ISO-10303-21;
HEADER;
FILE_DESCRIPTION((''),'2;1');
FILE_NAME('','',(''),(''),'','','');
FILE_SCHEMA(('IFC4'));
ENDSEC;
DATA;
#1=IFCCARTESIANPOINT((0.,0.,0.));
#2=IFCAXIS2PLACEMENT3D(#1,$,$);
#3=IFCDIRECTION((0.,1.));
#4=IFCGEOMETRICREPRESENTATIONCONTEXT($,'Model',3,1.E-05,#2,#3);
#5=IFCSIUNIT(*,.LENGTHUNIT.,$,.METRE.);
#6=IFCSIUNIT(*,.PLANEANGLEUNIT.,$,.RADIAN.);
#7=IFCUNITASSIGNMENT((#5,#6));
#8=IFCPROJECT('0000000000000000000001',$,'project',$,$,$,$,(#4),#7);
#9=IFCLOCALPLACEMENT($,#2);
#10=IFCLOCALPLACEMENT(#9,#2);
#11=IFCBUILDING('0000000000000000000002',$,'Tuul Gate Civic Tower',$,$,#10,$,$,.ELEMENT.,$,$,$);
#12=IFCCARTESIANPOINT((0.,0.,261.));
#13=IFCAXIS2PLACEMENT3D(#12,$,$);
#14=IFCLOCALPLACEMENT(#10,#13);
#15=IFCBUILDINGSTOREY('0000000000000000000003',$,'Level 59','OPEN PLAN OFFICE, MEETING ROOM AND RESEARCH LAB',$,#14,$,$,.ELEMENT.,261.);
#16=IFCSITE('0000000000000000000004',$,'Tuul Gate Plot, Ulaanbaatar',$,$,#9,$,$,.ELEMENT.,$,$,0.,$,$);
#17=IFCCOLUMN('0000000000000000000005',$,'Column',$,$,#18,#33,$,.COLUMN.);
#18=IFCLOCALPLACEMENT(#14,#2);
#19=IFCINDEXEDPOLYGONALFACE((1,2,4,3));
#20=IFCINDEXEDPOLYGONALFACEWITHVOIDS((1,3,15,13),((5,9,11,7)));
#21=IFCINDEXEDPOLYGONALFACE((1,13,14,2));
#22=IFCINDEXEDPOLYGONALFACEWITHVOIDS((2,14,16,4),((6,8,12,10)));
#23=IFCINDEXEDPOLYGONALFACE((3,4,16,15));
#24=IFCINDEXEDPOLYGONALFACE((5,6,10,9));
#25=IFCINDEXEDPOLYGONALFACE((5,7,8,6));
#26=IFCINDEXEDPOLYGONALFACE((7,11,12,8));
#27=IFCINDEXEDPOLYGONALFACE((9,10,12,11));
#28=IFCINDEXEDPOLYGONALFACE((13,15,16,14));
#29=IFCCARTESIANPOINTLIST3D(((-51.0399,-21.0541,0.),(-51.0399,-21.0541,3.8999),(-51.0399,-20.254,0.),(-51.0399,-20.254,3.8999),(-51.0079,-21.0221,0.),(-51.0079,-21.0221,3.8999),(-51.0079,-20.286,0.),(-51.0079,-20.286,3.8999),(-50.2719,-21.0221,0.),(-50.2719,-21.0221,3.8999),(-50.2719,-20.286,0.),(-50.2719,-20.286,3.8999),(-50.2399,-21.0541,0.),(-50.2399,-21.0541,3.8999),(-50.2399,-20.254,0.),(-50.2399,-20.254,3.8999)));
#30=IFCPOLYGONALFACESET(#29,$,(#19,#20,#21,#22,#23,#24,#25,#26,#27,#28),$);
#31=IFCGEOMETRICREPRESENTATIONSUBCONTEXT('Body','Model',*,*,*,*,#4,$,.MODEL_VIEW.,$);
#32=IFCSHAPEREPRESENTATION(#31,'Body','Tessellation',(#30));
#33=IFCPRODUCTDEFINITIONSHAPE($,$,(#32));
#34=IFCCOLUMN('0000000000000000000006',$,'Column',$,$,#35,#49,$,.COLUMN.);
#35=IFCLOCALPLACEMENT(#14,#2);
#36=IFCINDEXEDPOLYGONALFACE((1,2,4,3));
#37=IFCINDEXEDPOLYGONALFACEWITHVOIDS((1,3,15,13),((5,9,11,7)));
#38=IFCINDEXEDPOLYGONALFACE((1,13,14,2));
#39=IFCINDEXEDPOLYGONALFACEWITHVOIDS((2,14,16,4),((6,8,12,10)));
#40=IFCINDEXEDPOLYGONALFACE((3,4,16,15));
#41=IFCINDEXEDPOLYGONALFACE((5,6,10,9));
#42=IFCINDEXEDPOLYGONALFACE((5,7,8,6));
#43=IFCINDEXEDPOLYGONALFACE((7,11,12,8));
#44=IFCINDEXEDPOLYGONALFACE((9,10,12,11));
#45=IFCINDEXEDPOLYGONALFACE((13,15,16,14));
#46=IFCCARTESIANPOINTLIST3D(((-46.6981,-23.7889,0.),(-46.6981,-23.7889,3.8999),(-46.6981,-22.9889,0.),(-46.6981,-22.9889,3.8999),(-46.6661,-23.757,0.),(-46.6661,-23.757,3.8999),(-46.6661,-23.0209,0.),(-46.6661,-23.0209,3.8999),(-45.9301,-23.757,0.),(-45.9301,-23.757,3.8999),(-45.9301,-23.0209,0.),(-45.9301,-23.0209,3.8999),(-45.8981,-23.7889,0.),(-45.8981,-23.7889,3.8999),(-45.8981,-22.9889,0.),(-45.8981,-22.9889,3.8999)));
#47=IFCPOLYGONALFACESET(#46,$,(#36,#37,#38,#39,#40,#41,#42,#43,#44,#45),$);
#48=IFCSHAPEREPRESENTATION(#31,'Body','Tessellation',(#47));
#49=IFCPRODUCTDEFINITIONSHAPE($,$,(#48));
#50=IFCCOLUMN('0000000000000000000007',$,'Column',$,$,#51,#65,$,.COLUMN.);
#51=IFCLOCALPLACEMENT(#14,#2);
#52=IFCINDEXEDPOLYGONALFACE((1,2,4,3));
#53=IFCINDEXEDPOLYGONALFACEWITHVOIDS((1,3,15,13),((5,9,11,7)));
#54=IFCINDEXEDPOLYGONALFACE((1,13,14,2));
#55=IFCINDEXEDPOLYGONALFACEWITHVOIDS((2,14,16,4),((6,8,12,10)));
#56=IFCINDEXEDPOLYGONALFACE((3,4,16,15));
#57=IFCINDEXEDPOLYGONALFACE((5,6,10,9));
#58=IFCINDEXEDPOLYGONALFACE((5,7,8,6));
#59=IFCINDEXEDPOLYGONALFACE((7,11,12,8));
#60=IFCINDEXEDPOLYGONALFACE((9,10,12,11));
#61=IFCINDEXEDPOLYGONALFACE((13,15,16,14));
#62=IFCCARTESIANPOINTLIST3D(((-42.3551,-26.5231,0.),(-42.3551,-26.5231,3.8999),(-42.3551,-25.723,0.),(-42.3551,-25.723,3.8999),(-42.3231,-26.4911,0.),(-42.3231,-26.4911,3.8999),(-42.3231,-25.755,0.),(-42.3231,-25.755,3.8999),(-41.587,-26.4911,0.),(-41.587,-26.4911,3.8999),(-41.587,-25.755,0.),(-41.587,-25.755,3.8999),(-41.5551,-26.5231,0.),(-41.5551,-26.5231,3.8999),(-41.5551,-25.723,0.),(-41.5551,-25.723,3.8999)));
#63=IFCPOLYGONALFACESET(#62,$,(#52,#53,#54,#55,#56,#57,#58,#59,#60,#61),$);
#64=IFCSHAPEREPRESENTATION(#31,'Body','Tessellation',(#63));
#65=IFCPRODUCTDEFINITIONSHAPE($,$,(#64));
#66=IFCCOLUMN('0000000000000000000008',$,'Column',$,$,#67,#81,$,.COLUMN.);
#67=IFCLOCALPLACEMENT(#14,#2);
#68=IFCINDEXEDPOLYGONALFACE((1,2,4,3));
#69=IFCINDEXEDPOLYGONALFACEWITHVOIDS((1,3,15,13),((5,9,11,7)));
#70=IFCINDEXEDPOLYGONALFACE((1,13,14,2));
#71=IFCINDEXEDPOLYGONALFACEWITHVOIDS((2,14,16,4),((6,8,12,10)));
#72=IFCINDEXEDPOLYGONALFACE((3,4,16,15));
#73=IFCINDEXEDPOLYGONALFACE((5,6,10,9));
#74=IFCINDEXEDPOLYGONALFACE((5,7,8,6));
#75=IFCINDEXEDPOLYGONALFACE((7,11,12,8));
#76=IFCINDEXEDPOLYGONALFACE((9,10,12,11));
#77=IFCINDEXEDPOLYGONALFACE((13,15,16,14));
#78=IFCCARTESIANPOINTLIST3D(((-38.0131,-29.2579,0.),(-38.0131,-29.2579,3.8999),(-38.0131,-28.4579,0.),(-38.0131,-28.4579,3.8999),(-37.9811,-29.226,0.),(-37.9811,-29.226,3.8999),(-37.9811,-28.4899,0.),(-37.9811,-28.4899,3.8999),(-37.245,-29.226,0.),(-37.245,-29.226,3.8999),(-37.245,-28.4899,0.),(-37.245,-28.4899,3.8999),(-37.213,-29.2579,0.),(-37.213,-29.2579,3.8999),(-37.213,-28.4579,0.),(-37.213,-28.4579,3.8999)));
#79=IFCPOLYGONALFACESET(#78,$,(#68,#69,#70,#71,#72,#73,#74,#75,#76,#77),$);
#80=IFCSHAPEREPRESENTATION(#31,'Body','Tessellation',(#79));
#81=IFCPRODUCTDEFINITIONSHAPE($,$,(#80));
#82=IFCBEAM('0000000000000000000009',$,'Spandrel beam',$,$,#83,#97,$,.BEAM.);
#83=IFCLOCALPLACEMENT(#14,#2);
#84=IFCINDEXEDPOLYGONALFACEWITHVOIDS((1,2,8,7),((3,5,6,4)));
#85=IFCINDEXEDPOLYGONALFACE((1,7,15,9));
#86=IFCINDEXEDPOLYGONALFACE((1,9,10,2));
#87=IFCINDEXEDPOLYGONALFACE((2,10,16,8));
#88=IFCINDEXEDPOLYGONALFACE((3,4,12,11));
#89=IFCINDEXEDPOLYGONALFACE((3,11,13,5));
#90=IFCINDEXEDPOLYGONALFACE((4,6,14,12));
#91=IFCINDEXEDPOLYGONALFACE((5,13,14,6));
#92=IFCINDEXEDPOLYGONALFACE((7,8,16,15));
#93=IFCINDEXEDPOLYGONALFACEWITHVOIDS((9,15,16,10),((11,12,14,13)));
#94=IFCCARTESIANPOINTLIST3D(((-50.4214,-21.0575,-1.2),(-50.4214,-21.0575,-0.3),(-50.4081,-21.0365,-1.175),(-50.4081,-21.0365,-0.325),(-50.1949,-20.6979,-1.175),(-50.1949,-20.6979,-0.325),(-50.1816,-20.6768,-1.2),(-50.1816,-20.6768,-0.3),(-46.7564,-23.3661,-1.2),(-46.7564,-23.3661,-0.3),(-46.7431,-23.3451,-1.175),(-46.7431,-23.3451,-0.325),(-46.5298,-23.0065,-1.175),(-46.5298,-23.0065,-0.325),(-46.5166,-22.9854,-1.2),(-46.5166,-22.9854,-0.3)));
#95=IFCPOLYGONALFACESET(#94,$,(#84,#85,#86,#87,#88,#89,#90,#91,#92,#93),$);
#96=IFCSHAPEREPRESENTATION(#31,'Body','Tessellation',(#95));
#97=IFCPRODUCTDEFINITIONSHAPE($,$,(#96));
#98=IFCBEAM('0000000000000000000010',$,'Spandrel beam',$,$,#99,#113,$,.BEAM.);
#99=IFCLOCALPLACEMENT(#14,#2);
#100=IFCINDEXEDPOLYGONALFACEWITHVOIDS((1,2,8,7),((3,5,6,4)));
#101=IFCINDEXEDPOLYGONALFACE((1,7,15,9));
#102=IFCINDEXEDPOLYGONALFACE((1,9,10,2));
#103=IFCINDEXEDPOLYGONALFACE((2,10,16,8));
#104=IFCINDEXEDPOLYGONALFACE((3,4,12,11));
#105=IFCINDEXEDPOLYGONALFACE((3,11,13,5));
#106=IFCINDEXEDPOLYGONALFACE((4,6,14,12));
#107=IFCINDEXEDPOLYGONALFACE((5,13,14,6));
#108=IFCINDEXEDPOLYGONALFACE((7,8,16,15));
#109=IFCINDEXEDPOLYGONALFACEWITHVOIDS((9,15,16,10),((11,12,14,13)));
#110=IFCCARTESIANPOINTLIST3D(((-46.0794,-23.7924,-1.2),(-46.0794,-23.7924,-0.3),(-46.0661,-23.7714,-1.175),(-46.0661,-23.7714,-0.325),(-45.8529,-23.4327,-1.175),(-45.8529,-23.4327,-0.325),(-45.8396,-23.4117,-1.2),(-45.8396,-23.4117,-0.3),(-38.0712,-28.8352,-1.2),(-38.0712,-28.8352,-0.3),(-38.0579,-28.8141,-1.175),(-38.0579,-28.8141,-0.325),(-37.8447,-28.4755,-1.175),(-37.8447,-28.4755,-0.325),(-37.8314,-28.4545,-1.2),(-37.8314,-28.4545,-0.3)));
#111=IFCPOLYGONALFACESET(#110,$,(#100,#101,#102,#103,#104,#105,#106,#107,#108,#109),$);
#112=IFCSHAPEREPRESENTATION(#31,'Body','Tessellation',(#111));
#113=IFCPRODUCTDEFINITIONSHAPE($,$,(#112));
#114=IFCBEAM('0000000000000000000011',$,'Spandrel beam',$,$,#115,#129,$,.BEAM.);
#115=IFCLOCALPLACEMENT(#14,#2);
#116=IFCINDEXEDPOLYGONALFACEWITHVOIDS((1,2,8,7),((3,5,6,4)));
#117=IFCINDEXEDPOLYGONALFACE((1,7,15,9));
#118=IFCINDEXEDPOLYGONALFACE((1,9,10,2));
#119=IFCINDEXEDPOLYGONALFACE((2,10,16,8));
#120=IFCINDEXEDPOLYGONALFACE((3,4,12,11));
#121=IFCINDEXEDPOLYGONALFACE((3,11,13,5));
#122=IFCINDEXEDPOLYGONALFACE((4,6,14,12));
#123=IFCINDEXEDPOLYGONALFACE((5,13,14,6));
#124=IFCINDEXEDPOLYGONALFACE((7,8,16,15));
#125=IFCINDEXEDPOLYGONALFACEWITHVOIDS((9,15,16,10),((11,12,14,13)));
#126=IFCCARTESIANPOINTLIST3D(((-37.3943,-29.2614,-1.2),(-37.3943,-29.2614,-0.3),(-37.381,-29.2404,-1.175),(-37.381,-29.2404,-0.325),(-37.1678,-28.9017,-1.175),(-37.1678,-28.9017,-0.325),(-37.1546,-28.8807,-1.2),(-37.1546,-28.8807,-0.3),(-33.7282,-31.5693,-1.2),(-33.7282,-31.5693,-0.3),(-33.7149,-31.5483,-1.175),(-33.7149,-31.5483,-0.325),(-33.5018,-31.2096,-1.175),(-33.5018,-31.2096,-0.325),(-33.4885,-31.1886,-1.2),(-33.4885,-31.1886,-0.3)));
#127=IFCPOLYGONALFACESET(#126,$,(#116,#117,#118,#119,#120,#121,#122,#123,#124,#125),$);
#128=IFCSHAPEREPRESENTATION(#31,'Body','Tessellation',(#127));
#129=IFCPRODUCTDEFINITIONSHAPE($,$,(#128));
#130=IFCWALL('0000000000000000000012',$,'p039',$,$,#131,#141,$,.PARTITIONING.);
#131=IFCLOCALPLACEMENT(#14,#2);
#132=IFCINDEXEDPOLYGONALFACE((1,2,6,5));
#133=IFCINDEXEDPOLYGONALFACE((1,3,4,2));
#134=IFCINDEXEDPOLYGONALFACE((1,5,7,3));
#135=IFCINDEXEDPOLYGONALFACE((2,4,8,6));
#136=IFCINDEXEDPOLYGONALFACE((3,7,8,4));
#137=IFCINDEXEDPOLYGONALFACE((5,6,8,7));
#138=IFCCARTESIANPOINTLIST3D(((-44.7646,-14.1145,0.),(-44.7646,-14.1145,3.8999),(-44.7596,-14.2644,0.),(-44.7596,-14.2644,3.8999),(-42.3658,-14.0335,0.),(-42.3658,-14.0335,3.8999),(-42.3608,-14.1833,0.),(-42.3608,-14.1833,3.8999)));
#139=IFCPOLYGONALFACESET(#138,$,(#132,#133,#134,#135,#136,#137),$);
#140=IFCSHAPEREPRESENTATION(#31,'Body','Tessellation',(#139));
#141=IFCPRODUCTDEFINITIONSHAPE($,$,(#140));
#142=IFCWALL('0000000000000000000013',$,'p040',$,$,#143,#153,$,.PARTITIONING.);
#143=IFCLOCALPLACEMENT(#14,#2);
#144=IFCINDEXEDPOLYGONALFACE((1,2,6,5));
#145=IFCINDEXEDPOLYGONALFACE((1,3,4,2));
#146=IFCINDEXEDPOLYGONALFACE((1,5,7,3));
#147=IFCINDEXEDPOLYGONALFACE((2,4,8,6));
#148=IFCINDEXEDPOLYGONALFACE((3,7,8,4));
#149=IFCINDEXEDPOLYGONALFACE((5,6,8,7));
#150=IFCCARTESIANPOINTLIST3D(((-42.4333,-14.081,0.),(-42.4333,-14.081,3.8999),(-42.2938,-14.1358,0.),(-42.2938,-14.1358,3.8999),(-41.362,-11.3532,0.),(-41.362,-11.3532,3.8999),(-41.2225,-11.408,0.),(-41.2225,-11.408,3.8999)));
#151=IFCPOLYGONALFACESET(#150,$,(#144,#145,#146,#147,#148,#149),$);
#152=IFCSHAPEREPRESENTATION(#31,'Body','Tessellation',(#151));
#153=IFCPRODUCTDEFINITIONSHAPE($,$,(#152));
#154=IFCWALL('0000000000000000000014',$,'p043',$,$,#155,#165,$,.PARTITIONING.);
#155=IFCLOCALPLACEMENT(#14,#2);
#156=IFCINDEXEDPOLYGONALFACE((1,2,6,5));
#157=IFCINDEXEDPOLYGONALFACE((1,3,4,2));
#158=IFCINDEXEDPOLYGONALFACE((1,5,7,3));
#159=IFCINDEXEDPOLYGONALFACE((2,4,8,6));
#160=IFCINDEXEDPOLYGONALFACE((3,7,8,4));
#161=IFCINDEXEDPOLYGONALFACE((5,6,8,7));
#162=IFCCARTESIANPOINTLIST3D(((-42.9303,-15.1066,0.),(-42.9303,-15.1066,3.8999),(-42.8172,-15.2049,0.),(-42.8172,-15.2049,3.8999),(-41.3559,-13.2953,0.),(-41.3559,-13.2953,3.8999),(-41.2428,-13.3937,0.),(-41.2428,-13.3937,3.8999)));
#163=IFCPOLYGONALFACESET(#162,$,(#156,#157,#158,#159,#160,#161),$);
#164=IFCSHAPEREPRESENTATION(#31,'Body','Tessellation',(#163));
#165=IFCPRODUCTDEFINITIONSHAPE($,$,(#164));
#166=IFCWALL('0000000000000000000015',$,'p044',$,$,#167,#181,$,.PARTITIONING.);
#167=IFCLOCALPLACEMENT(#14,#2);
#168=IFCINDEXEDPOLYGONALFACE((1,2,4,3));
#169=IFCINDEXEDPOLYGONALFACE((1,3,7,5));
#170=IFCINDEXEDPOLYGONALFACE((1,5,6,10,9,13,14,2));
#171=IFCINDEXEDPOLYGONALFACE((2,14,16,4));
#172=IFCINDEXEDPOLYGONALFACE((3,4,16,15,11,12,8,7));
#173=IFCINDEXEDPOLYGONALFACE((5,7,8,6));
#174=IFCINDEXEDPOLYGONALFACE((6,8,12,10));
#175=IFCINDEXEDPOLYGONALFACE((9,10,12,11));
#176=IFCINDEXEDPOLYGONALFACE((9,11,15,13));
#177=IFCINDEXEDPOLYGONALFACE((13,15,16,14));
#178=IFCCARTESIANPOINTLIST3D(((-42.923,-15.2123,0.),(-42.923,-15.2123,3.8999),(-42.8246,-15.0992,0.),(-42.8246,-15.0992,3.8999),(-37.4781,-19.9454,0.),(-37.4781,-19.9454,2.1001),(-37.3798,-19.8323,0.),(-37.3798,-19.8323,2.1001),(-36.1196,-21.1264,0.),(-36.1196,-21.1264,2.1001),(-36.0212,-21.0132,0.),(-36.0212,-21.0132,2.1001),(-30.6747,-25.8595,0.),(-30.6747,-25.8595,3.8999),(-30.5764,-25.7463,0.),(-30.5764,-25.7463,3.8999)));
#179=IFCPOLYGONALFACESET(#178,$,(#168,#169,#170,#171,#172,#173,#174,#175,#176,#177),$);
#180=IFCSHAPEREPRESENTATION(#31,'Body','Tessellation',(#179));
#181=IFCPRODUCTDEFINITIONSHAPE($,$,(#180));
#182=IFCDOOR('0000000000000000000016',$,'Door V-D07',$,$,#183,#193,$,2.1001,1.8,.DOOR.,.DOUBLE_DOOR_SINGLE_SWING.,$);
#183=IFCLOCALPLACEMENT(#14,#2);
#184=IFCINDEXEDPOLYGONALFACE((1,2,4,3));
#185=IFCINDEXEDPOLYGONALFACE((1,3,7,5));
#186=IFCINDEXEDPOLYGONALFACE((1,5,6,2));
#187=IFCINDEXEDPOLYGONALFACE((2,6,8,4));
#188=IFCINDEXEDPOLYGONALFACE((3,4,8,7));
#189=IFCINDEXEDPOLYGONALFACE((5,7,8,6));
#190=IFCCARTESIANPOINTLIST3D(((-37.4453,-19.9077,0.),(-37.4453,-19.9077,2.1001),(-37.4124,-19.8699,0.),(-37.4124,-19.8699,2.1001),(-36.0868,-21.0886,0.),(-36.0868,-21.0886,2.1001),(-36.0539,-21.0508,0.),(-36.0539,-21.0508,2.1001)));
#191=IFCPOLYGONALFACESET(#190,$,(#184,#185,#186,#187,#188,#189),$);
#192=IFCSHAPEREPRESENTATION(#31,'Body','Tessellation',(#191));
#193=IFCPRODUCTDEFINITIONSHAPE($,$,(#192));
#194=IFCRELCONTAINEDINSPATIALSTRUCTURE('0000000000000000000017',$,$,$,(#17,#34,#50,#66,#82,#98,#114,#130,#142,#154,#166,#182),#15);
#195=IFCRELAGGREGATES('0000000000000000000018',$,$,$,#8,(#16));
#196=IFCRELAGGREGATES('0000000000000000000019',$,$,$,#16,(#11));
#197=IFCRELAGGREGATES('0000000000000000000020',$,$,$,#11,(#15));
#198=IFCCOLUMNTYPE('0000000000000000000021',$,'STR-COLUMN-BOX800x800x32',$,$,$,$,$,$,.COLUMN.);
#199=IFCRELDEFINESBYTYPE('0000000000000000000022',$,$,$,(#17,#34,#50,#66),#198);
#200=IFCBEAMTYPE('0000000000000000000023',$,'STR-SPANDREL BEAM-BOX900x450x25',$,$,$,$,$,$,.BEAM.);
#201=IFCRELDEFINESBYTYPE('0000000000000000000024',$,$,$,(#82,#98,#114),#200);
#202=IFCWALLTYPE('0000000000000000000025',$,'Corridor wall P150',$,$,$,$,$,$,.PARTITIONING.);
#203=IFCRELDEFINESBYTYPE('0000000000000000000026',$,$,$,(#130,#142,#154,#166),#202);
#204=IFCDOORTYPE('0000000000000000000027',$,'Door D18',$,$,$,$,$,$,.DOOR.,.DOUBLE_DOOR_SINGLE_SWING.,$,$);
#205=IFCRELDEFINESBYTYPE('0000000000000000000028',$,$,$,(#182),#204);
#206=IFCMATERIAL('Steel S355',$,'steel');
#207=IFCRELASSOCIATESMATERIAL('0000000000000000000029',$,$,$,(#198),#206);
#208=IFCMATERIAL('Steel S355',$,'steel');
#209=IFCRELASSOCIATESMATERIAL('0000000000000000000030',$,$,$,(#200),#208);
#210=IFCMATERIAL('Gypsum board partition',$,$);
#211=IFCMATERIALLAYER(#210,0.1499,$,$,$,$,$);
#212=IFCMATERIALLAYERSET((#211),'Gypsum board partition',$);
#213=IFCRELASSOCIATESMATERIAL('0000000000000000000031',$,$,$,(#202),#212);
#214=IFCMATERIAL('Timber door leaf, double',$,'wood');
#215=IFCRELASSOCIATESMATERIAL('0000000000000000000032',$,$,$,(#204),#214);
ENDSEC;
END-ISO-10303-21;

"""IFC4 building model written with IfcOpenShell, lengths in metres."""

from ifc_helpers import new_model, si_unit, direction, frame, frame_2d, origin, origin_2d, place, context, subcontext, project, spatial, rectangle, hollow_rectangle, extrude, material, layer, layer_set, material_profile, profile_set, type_object, element, fill, save


model = new_model("IFC4")

# Units and contexts
model_context = context("Model", 3, precision=1e-05, world=origin(), true_north=direction((0.0, 1.0)))
body_context = subcontext(model_context, "Body", "Model", "MODEL_VIEW")
ifc_project = project(units=[si_unit("LENGTHUNIT", "METRE"), si_unit("PLANEANGLEUNIT", "RADIAN")], contexts=[model_context])

# Site, building, storey
site_placement = place(None, origin())
site = spatial("IfcSite", under=ifc_project, at=site_placement, Name="Tuul Gate Plot, Ulaanbaatar", CompositionType="ELEMENT", RefElevation=0.0)
building_placement = place(site_placement, origin())
building = spatial("IfcBuilding", under=site, at=building_placement, Name="Tuul Gate Civic Tower", CompositionType="ELEMENT")
storey_placement = place(building_placement, frame((0.0, 0.0, 261.0)))
storey = spatial("IfcBuildingStorey", under=building, at=storey_placement, Name="Level 59", Description="OPEN PLAN OFFICE, MEETING ROOM AND RESEARCH LAB", CompositionType="ELEMENT", Elevation=261.0)

# Columns
ifc_material_1 = material(Name="Steel S355", Category="steel")
ifc_material_profile_1 = material_profile(ifc_material_1, hollow_rectangle(XDim=0.8, YDim=0.8, WallThickness=0.032, at=origin_2d()), Name="BOX800x800x32")
ifc_profile_set_1 = profile_set([ifc_material_profile_1], Name="Steel S355")
column_type = type_object("IfcColumnType", Name="STR-COLUMN-BOX800x800x32", PredefinedType="COLUMN", material=ifc_profile_set_1)
for number, where, z_axis, x_axis, name in (
    (1, (-50.6399, -20.6541, 0.0), (0.0, 0.0, 1.0), (1.0, 0.0, 0.0), "Column"),
    (2, (-46.2981, -23.3889, 0.0), (0.0, 0.0, 1.0), (1.0, 0.0, 0.0), "Column"),
    (3, (-41.9551, -26.123, 0.0), (0.0, 0.0, 1.0), (1.0, 0.0, 0.0), "Column"),
    (4, (-37.613, -28.8579, 0.0), (0.0, 0.0, 1.0), (1.0, 0.0, 0.0), "Column"),
):
    element("IfcColumn", number, at=place(storey_placement, frame(where, z_axis=z_axis, x_axis=x_axis)), inside=storey, type_object=column_type, Name=name, PredefinedType="COLUMN", context=body_context, shape_type="SweptSolid", body=[
        extrude(hollow_rectangle(XDim=0.8, YDim=0.8, WallThickness=0.032, at=origin_2d()), origin(), (0.0, 0.0, 1.0), 3.8999),
    ])

# Beams
ifc_material_2 = material(Name="Steel S355", Category="steel")
ifc_material_profile_2 = material_profile(ifc_material_2, hollow_rectangle(XDim=0.45, YDim=0.8999, WallThickness=0.0249, at=origin_2d()), Name="BOX900x450x25")
ifc_profile_set_2 = profile_set([ifc_material_profile_2], Name="Steel S355")
beam_type = type_object("IfcBeamType", Name="STR-SPANDREL BEAM-BOX900x450x25", PredefinedType="BEAM", material=ifc_profile_set_2)
beam_1_placement = place(storey_placement, frame((-50.3015, -20.8672, -0.75), z_axis=(0.846131, -0.532975, 0.0), x_axis=(0.532975, 0.846131, 0.0)))
element("IfcBeam", 5, at=beam_1_placement, inside=storey, type_object=beam_type, Name="Spandrel beam", PredefinedType="BEAM", context=body_context, shape_type="SweptSolid", body=[
    extrude(hollow_rectangle(XDim=0.45, YDim=0.8999, WallThickness=0.0249, at=origin_2d()), origin(), (0.0, 0.0, 1.0), 4.3315),
])
beam_2_placement = place(storey_placement, frame((-45.9595, -23.6021, -0.75), z_axis=(0.846204, -0.53286, 0.0), x_axis=(0.53286, 0.846204, 0.0)))
element("IfcBeam", 6, at=beam_2_placement, inside=storey, type_object=beam_type, Name="Spandrel beam", PredefinedType="BEAM", context=body_context, shape_type="SweptSolid", body=[
    extrude(hollow_rectangle(XDim=0.45, YDim=0.8999, WallThickness=0.0249, at=origin_2d()), origin(), (0.0, 0.0, 1.0), 9.4636),
])
beam_3_placement = place(storey_placement, frame((-37.2744, -29.071, -0.75), z_axis=(0.846271, -0.532752, 0.0), x_axis=(0.532752, 0.846271, 0.0)))
element("IfcBeam", 7, at=beam_3_placement, inside=storey, type_object=beam_type, Name="Spandrel beam", PredefinedType="BEAM", context=body_context, shape_type="SweptSolid", body=[
    extrude(hollow_rectangle(XDim=0.45, YDim=0.8999, WallThickness=0.0249, at=origin_2d()), origin(), (0.0, 0.0, 1.0), 4.332),
])

# Walls
ifc_material_3 = material(Name="Gypsum board partition")
ifc_layer_1 = layer(ifc_material_3, 0.1499)
ifc_layer_set_1 = layer_set([ifc_layer_1], Name="Gypsum board partition")
wall_type_1 = type_object("IfcWallType", Name="Corridor wall P150", PredefinedType="PARTITIONING", material=ifc_layer_set_1)
wall_1_placement = place(storey_placement, frame((-44.7622, -14.1895, 0.0), z_axis=(0.0, 0.0, 1.0), x_axis=(0.99943, 0.033772, 0.0)))
element("IfcWall", 8, at=wall_1_placement, inside=storey, type_object=wall_type_1, Name="p039", PredefinedType="PARTITIONING", context=body_context, shape_type="SweptSolid", body=[
    extrude(rectangle(XDim=2.4001, YDim=0.1499, at=frame_2d((1.2002, 0.0))), origin(), (0.0, 0.0, 1.0), 3.8999),
])
wall_2_placement = place(storey_placement, frame((-42.3635, -14.1084, 0.0), z_axis=(0.0, 0.0, 1.0), x_axis=(0.365552, 0.930791, 0.0)))
element("IfcWall", 9, at=wall_2_placement, inside=storey, type_object=wall_type_1, Name="p040", PredefinedType="PARTITIONING", context=body_context, shape_type="SweptSolid", body=[
    extrude(rectangle(XDim=2.9307, YDim=0.1499, at=frame_2d((1.4653, 0.0))), origin(), (0.0, 0.0, 1.0), 3.8999),
])
wall_3_placement = place(storey_placement, frame((-42.8738, -15.1558, 0.0), z_axis=(0.0, 0.0, 1.0), x_axis=(0.656045, 0.754722, 0.0)))
element("IfcWall", 10, at=wall_3_placement, inside=storey, type_object=wall_type_1, Name="p043", PredefinedType="PARTITIONING", context=body_context, shape_type="SweptSolid", body=[
    extrude(rectangle(XDim=2.3999, YDim=0.1499, at=frame_2d((1.2, 0.0))), origin(), (0.0, 0.0, 1.0), 3.8999),
])

# Wall, opening, door
wall_4_placement = place(storey_placement, frame((-42.8738, -15.1558, 0.0), z_axis=(0.0, 0.0, 1.0), x_axis=(0.754711, -0.656057, 0.0)))
wall_4 = element("IfcWall", 11, at=wall_4_placement, inside=storey, type_object=wall_type_1, Name="p044", PredefinedType="PARTITIONING", context=body_context, shape_type="SweptSolid", body=[
    extrude(rectangle(XDim=16.229, YDim=0.1499, at=frame_2d((8.1145, 0.0))), origin(), (0.0, 0.0, 1.0), 3.8999),
])
opening_1_placement = place(wall_4_placement, frame((7.2146, 0.0, 0.0)))
opening_1 = element("IfcOpeningElement", 12, at=opening_1_placement, cuts=wall_4, PredefinedType="OPENING", context=body_context, shape_type="SweptSolid", body=[
    extrude(rectangle(XDim=1.8, YDim=2.1001, at=frame_2d((0.8999, 1.05))), frame((0.0, 0.085, 0.0), z_axis=(0.0, -1.0, 0.0), x_axis=(1.0, 0.0, 0.0)), (0.0, 0.0, 1.0), 0.1699),
])
ifc_material_4 = material(Name="Timber door leaf, double", Category="wood")
door_type = type_object("IfcDoorType", Name="Door D18", OperationType="DOUBLE_DOOR_SINGLE_SWING", PredefinedType="DOOR", material=ifc_material_4)
door_placement = place(opening_1_placement, frame((1.8, 0.0, 0.0), z_axis=(0.0, 0.0, 1.0), x_axis=(-1.0, 0.0, 0.0)))
door = element("IfcDoor", 13, at=door_placement, inside=storey, type_object=door_type, Name="Door V-D07", OperationType="DOUBLE_DOOR_SINGLE_SWING", OverallHeight=2.1001, OverallWidth=1.8, PredefinedType="DOOR", context=body_context, shape_type="SweptSolid", body=[
    extrude(rectangle(XDim=1.8, YDim=2.1001, at=frame_2d((0.9001, 1.05))), frame((0.0, 0.0249, 0.0), z_axis=(0.0, -1.0, 0.0), x_axis=(1.0, 0.0, 0.0)), (0.0, 0.0, 1.0), 0.05),
])
fill(opening_1, door)

save(model, "model.ifc")
